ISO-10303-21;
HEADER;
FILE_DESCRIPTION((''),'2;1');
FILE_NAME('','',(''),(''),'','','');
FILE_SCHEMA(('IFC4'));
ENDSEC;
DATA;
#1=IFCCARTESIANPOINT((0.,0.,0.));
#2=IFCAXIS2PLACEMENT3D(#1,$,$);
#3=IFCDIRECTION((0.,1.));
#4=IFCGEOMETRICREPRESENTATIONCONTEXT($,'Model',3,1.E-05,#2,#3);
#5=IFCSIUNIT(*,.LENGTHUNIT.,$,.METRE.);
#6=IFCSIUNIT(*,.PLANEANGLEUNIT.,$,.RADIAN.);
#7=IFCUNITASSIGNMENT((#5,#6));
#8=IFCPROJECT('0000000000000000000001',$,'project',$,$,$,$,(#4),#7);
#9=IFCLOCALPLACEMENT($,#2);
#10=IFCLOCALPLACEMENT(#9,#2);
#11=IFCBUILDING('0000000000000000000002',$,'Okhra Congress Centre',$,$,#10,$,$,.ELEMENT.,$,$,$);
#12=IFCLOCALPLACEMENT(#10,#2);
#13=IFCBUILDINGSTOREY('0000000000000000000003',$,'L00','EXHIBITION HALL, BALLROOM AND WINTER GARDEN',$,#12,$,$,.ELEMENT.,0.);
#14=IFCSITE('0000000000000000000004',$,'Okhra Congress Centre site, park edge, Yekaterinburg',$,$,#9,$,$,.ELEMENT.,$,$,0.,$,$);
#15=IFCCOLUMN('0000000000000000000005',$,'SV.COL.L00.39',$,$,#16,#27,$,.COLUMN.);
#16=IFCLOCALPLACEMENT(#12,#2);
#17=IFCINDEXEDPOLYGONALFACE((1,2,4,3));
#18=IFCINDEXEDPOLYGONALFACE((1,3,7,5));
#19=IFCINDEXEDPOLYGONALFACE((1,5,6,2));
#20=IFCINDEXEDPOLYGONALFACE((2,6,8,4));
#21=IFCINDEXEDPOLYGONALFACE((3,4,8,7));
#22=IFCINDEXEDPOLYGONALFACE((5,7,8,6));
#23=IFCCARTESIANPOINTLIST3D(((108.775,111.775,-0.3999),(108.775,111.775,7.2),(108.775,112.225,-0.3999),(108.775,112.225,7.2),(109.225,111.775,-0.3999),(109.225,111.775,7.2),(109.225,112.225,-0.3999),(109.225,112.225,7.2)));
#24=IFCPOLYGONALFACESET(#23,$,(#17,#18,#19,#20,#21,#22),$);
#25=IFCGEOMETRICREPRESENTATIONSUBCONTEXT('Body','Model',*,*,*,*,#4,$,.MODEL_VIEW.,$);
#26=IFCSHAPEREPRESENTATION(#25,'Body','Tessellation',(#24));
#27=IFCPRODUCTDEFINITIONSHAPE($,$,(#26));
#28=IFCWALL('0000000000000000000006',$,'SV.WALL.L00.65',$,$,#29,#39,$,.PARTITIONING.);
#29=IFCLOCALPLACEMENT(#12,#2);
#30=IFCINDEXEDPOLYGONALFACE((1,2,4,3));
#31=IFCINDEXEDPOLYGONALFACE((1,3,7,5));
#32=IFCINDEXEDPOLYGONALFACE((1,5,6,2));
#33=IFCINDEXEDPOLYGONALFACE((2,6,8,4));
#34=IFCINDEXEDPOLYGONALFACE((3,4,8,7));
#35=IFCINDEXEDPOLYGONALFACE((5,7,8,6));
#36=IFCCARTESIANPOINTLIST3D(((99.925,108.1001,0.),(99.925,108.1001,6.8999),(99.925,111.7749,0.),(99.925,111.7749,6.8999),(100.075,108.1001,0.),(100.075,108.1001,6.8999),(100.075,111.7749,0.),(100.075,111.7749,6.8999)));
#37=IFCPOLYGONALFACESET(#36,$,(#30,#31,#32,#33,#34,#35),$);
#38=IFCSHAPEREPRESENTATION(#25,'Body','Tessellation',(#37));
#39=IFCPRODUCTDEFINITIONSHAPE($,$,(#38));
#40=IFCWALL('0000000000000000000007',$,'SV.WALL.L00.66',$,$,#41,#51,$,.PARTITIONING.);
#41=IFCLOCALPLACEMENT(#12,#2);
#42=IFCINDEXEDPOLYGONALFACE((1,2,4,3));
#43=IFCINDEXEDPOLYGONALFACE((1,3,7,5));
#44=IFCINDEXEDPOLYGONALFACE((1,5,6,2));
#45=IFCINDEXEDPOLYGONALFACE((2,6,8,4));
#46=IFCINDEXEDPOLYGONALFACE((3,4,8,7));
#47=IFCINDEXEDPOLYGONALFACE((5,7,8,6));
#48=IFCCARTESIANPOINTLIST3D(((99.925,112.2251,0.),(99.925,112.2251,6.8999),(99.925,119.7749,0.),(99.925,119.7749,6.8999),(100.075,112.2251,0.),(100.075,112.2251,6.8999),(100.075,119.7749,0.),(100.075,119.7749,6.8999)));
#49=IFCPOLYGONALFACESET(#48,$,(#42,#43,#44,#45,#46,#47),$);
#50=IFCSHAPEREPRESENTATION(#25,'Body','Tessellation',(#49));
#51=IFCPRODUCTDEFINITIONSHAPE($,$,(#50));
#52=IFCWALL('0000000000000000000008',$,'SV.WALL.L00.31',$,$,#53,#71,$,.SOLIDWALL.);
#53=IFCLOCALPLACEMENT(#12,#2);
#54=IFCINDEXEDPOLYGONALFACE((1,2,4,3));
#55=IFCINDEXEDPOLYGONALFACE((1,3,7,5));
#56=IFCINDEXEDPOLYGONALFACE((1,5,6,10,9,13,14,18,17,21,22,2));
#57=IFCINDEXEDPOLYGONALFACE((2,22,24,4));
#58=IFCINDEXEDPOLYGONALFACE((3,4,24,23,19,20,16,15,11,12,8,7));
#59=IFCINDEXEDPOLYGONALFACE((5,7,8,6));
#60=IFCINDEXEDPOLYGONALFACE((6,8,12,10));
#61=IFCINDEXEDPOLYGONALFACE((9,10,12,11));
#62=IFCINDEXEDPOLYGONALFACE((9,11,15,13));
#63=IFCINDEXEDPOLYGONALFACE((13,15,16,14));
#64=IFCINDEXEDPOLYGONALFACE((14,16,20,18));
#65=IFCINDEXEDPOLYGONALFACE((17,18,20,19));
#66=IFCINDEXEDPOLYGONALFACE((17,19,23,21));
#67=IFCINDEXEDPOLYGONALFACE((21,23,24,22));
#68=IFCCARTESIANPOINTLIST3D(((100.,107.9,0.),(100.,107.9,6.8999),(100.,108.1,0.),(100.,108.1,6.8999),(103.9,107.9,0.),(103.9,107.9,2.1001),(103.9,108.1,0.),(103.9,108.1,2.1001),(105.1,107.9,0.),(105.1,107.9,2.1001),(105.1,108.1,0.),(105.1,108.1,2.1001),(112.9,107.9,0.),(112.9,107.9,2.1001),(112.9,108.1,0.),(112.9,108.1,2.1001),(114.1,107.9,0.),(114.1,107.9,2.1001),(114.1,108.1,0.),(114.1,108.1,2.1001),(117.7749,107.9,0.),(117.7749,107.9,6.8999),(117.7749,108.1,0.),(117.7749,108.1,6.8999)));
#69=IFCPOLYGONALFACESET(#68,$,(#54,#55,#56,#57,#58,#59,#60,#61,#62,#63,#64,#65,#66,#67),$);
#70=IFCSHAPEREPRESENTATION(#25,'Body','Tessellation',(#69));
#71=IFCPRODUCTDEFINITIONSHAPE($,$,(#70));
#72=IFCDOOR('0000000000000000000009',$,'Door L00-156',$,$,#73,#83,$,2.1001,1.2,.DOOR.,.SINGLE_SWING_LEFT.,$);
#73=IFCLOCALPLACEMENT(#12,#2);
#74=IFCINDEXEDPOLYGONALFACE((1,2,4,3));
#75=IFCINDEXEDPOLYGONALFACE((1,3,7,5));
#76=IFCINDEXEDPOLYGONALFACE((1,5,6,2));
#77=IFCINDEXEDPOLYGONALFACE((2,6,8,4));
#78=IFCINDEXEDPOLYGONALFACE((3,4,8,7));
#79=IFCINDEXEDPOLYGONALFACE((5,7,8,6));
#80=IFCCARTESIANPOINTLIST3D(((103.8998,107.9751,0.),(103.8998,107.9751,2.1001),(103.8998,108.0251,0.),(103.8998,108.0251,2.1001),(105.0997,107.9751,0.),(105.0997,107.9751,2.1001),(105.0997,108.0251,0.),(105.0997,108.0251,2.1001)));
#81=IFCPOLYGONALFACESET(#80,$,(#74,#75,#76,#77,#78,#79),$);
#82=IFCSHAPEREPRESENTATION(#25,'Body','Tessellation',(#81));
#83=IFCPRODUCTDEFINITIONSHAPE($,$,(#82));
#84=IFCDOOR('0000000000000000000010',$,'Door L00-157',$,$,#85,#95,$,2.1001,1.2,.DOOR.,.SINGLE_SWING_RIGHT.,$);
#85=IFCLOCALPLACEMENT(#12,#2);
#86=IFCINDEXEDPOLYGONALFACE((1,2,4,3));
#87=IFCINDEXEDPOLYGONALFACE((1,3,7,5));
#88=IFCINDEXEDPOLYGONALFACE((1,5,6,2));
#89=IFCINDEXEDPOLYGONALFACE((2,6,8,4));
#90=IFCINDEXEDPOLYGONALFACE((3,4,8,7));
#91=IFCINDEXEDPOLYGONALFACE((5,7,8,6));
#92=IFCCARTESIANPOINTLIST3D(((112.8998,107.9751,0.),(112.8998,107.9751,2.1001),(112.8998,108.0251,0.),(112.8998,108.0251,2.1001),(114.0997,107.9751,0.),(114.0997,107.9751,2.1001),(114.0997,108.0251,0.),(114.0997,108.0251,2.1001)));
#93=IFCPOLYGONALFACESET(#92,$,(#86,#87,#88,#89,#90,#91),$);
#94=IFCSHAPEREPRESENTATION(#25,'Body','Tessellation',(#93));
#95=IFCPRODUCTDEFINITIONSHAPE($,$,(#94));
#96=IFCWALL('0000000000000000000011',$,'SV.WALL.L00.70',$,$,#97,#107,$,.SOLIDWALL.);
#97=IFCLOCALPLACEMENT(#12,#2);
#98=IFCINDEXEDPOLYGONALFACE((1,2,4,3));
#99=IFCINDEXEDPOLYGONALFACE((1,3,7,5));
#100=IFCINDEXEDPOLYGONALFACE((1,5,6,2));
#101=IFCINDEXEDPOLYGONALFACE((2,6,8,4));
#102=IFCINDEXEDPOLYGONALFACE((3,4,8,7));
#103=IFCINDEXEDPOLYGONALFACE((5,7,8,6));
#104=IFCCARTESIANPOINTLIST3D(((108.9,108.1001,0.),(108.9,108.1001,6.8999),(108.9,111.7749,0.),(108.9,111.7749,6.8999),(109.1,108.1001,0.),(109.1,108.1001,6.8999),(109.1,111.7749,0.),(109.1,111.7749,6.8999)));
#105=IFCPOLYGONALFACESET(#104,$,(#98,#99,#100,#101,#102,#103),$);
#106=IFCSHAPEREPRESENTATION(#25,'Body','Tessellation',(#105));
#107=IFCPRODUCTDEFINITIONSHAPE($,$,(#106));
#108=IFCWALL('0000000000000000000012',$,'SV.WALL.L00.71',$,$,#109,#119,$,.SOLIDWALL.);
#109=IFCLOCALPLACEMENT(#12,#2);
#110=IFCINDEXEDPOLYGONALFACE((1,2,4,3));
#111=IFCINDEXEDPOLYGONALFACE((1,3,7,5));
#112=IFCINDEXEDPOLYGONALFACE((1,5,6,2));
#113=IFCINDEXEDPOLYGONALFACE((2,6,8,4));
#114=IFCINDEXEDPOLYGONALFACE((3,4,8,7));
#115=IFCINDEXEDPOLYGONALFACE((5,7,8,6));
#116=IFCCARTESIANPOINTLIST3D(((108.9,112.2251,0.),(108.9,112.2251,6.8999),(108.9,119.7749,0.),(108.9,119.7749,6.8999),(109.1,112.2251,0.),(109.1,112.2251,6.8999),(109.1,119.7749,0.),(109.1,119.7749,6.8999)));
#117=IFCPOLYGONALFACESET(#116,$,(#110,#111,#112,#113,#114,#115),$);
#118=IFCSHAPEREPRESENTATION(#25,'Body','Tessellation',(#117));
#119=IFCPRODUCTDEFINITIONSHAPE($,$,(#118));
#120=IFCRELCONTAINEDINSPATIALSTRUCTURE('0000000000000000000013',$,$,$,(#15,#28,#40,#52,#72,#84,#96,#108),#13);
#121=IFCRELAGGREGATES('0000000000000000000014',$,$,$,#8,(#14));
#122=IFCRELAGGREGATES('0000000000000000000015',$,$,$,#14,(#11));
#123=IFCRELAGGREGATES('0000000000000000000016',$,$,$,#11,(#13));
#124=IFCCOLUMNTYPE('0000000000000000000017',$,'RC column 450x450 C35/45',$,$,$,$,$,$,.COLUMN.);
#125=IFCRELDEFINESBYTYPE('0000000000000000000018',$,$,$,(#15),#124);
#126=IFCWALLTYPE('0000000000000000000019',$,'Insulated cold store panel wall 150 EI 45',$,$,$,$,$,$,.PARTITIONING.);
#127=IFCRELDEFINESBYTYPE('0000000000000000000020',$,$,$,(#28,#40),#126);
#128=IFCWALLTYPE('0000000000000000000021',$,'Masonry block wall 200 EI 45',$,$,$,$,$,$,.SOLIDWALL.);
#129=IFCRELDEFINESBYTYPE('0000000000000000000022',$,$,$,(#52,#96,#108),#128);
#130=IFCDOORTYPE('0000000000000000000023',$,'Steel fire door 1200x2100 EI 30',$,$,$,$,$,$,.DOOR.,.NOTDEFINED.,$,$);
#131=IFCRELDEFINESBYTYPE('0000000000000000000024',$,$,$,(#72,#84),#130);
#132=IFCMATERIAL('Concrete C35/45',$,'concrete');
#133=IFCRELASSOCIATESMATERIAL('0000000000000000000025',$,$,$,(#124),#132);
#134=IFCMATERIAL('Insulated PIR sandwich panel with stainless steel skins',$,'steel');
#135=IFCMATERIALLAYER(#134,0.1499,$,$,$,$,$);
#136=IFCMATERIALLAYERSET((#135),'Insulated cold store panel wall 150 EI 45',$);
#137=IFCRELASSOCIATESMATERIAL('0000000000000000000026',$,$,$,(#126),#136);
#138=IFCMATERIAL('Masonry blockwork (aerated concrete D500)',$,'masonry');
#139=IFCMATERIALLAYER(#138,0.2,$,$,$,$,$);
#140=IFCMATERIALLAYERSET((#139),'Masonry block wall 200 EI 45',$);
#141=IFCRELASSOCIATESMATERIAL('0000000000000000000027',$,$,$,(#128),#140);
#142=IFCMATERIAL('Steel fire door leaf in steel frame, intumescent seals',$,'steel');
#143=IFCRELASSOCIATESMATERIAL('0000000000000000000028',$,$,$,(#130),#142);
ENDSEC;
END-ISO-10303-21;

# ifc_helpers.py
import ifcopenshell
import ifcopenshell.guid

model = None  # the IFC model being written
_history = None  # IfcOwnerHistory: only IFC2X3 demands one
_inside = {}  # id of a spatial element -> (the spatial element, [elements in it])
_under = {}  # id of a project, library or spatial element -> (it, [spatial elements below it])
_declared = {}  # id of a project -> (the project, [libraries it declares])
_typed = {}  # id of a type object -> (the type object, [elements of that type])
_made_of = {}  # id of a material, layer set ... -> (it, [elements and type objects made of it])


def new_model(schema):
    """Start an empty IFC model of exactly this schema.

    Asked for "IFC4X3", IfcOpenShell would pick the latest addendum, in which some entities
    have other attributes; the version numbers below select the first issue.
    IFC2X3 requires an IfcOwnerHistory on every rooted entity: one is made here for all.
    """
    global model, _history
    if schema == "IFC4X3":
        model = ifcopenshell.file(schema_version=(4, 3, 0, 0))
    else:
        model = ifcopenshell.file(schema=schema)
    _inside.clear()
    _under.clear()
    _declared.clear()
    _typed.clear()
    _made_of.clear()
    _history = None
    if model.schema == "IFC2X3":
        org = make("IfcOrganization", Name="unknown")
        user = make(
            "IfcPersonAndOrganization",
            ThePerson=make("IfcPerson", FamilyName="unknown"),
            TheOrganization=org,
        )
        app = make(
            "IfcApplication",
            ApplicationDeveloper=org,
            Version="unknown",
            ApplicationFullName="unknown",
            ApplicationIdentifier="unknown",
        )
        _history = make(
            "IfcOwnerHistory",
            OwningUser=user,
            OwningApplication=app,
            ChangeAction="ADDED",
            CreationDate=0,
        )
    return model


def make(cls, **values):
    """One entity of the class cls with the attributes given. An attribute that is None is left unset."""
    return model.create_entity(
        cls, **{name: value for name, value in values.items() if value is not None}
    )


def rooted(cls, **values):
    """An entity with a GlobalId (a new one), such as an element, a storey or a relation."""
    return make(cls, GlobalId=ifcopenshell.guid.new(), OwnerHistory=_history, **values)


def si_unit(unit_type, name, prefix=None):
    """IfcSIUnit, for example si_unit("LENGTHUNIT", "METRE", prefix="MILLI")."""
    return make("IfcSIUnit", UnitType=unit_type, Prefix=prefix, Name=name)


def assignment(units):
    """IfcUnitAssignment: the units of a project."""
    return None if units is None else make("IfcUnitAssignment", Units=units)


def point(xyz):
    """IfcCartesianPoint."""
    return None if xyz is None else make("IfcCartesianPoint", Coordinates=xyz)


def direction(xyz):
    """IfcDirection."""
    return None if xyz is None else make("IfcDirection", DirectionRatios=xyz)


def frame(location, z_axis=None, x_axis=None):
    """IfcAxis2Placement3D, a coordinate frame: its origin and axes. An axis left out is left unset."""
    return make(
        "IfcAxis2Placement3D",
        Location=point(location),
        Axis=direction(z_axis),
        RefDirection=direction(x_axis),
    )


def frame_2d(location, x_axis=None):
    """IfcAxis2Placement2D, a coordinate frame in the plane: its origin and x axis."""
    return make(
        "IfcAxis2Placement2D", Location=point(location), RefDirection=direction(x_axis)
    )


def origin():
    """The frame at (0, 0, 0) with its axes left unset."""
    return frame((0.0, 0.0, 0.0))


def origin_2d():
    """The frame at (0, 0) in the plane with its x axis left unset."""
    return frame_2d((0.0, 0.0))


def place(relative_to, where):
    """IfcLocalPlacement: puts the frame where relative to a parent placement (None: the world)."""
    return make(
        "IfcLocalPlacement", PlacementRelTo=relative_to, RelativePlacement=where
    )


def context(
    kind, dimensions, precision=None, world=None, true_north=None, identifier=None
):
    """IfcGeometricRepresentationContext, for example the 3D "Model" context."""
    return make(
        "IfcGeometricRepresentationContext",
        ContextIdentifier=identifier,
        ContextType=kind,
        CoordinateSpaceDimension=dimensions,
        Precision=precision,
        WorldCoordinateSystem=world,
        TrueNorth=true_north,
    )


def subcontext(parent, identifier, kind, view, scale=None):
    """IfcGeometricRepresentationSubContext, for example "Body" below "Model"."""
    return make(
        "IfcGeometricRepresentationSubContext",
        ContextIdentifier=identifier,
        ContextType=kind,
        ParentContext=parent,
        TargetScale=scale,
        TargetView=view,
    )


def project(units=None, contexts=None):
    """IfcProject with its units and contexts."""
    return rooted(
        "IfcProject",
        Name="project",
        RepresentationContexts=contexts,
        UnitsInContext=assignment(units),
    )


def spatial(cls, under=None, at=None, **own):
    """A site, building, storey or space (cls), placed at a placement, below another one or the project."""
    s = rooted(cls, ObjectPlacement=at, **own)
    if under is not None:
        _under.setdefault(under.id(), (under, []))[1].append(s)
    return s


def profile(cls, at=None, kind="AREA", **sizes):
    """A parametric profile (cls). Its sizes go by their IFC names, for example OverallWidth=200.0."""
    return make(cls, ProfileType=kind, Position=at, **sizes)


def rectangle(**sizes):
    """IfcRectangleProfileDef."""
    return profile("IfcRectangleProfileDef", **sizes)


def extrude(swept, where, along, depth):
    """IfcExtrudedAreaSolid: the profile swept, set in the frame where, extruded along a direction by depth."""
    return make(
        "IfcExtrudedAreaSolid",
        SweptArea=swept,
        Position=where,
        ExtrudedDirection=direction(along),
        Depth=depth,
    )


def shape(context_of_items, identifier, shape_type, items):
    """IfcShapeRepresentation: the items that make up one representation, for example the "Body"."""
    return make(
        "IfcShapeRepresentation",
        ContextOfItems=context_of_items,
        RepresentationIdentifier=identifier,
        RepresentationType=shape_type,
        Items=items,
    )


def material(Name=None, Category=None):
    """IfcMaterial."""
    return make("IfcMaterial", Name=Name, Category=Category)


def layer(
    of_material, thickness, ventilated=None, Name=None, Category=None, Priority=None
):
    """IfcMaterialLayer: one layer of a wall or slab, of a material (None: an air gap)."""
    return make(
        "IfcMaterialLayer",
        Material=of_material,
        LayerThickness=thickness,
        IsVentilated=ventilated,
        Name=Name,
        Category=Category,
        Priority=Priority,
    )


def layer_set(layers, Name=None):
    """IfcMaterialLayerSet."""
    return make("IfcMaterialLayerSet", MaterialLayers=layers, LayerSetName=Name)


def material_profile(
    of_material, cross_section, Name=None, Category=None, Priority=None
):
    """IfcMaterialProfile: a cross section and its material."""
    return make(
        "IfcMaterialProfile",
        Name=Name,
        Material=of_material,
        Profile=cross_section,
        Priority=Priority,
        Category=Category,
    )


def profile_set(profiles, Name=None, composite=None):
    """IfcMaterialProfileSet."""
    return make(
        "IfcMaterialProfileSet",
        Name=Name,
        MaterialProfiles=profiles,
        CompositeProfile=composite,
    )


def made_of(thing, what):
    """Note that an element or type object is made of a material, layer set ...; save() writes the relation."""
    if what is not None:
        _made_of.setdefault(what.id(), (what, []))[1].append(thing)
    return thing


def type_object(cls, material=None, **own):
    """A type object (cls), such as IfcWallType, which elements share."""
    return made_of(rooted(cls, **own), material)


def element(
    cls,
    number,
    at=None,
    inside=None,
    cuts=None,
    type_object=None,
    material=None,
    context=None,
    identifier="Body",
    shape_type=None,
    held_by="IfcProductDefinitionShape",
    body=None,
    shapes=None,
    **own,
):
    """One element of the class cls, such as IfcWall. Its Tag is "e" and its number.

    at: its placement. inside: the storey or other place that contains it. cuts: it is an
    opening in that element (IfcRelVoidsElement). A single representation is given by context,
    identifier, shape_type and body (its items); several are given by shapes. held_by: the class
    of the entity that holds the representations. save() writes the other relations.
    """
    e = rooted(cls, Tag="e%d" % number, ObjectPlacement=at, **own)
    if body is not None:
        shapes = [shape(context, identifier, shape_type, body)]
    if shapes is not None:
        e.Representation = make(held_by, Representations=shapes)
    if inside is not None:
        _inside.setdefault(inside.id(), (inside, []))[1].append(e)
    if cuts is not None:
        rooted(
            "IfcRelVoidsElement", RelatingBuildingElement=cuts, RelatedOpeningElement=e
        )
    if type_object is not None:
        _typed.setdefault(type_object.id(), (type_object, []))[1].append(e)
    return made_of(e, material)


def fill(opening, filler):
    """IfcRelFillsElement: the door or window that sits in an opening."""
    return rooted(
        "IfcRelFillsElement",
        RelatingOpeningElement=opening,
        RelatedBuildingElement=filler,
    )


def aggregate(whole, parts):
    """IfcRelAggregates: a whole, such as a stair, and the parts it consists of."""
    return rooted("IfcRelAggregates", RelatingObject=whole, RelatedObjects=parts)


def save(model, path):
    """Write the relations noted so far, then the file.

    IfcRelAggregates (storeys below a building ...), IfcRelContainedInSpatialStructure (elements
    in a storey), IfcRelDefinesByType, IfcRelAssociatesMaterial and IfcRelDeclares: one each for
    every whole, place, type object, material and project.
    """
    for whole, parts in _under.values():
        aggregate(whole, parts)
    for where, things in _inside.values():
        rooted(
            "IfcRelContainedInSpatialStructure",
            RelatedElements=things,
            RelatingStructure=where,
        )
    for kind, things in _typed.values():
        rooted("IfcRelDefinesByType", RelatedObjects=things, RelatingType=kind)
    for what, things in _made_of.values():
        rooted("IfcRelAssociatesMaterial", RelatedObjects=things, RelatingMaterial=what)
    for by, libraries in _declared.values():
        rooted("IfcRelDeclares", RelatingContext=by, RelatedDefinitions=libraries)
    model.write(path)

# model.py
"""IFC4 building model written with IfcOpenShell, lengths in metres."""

from ifc_helpers import new_model, si_unit, direction, frame, frame_2d, origin, origin_2d, place, context, subcontext, project, spatial, rectangle, extrude, material, layer, layer_set, material_profile, profile_set, type_object, element, fill, save


model = new_model("IFC4")

# Units and contexts
model_context = context("Model", 3, precision=1e-05, world=origin(), true_north=direction((0.0, 1.0)))
body_context = subcontext(model_context, "Body", "Model", "MODEL_VIEW")
ifc_project = project(units=[si_unit("LENGTHUNIT", "METRE"), si_unit("PLANEANGLEUNIT", "RADIAN")], contexts=[model_context])

# Site, building, storey
site_placement = place(None, origin())
site = spatial("IfcSite", under=ifc_project, at=site_placement, Name="Okhra Congress Centre site, park edge, Yekaterinburg", CompositionType="ELEMENT", RefElevation=0.0)
building_placement = place(site_placement, origin())
building = spatial("IfcBuilding", under=site, at=building_placement, Name="Okhra Congress Centre", CompositionType="ELEMENT")
storey_placement = place(building_placement, origin())
storey = spatial("IfcBuildingStorey", under=building, at=storey_placement, Name="L00", Description="EXHIBITION HALL, BALLROOM AND WINTER GARDEN", CompositionType="ELEMENT", Elevation=0.0)

# Column
ifc_material_1 = material(Name="Concrete C35/45", Category="concrete")
ifc_material_profile_1 = material_profile(ifc_material_1, rectangle(XDim=0.45, YDim=0.45, at=origin_2d()), Name="RC 450x450")
ifc_profile_set_1 = profile_set([ifc_material_profile_1], Name="Concrete C35/45")
column_type = type_object("IfcColumnType", Name="RC column 450x450 C35/45", PredefinedType="COLUMN", material=ifc_profile_set_1)
for number, where, z_axis, x_axis, name in (
    (1, (109.0, 112.0, -0.3999), (0.0, 0.0, 1.0), (1.0, 0.0, 0.0), "SV.COL.L00.39"),
):
    element("IfcColumn", number, at=place(storey_placement, frame(where, z_axis=z_axis, x_axis=x_axis)), inside=storey, type_object=column_type, Name=name, PredefinedType="COLUMN", context=body_context, shape_type="SweptSolid", body=[
        extrude(rectangle(XDim=0.45, YDim=0.45, at=origin_2d()), origin(), (0.0, 0.0, 1.0), 7.5999),
    ])

# Walls
ifc_material_2 = material(Name="Insulated PIR sandwich panel with stainless steel skins", Category="steel")
ifc_layer_1 = layer(ifc_material_2, 0.1499)
ifc_layer_set_1 = layer_set([ifc_layer_1], Name="Insulated cold store panel wall 150 EI 45")
wall_type_1 = type_object("IfcWallType", Name="Insulated cold store panel wall 150 EI 45", PredefinedType="PARTITIONING", material=ifc_layer_set_1)
wall_1_placement = place(storey_placement, frame((100.0, 108.1001, 0.0), z_axis=(0.0, 0.0, 1.0), x_axis=(0.0, 1.0, 0.0)))
element("IfcWall", 2, at=wall_1_placement, inside=storey, type_object=wall_type_1, Name="SV.WALL.L00.65", PredefinedType="PARTITIONING", context=body_context, shape_type="SweptSolid", body=[
    extrude(rectangle(XDim=3.6748, YDim=0.1499, at=frame_2d((1.8374, 0.0))), origin(), (0.0, 0.0, 1.0), 6.8999),
])
wall_2_placement = place(storey_placement, frame((100.0, 112.2251, 0.0), z_axis=(0.0, 0.0, 1.0), x_axis=(0.0, 1.0, 0.0)))
element("IfcWall", 3, at=wall_2_placement, inside=storey, type_object=wall_type_1, Name="SV.WALL.L00.66", PredefinedType="PARTITIONING", context=body_context, shape_type="SweptSolid", body=[
    extrude(rectangle(XDim=7.5498, YDim=0.1499, at=frame_2d((3.7749, 0.0))), origin(), (0.0, 0.0, 1.0), 6.8999),
])

# Wall, openings, doors
ifc_material_3 = material(Name="Masonry blockwork (aerated concrete D500)", Category="masonry")
ifc_layer_2 = layer(ifc_material_3, 0.2)
ifc_layer_set_2 = layer_set([ifc_layer_2], Name="Masonry block wall 200 EI 45")
wall_type_2 = type_object("IfcWallType", Name="Masonry block wall 200 EI 45", PredefinedType="SOLIDWALL", material=ifc_layer_set_2)
wall_3_placement = place(storey_placement, frame((100.0, 108.0, 0.0), z_axis=(0.0, 0.0, 1.0), x_axis=(1.0, 0.0, 0.0)))
wall_3 = element("IfcWall", 4, at=wall_3_placement, inside=storey, type_object=wall_type_2, Name="SV.WALL.L00.31", PredefinedType="SOLIDWALL", context=body_context, shape_type="SweptSolid", body=[
    extrude(rectangle(XDim=17.7749, YDim=0.2, at=frame_2d((8.8875, 0.0))), origin(), (0.0, 0.0, 1.0), 6.8999),
])
opening_1_placement = place(wall_3_placement, frame((3.8999, 0.0, 0.0)))
opening_1 = element("IfcOpeningElement", 5, at=opening_1_placement, cuts=wall_3, PredefinedType="OPENING", context=body_context, shape_type="SweptSolid", body=[
    extrude(rectangle(XDim=1.2, YDim=2.1001, at=frame_2d((0.6001, 1.05))), frame((0.0, 0.1099, 0.0), z_axis=(0.0, -1.0, 0.0), x_axis=(1.0, 0.0, 0.0)), (0.0, 0.0, 1.0), 0.22),
])
opening_2_placement = place(wall_3_placement, frame((12.8999, 0.0, 0.0)))
opening_2 = element("IfcOpeningElement", 6, at=opening_2_placement, cuts=wall_3, PredefinedType="OPENING", context=body_context, shape_type="SweptSolid", body=[
    extrude(rectangle(XDim=1.2, YDim=2.1001, at=frame_2d((0.6001, 1.05))), frame((0.0, 0.1099, 0.0), z_axis=(0.0, -1.0, 0.0), x_axis=(1.0, 0.0, 0.0)), (0.0, 0.0, 1.0), 0.22),
])
ifc_material_4 = material(Name="Steel fire door leaf in steel frame, intumescent seals", Category="steel")
door_type = type_object("IfcDoorType", Name="Steel fire door 1200x2100 EI 30", OperationType="NOTDEFINED", PredefinedType="DOOR", material=ifc_material_4)
door_1_placement = place(opening_1_placement, frame((1.2, 0.0, 0.0), z_axis=(0.0, 0.0, 1.0), x_axis=(-1.0, 0.0, 0.0)))
door_1 = element("IfcDoor", 7, at=door_1_placement, inside=storey, type_object=door_type, Name="Door L00-156", OperationType="SINGLE_SWING_LEFT", OverallHeight=2.1001, OverallWidth=1.2, PredefinedType="DOOR", context=body_context, shape_type="SweptSolid", body=[
    extrude(rectangle(XDim=1.2, YDim=2.1001, at=frame_2d((0.6001, 1.05))), frame((0.0, 0.0249, 0.0), z_axis=(0.0, -1.0, 0.0), x_axis=(1.0, 0.0, 0.0)), (0.0, 0.0, 1.0), 0.05),
])
fill(opening_1, door_1)
door_2_placement = place(opening_2_placement, frame((1.2, 0.0, 0.0), z_axis=(0.0, 0.0, 1.0), x_axis=(-1.0, 0.0, 0.0)))
door_2 = element("IfcDoor", 8, at=door_2_placement, inside=storey, type_object=door_type, Name="Door L00-157", OperationType="SINGLE_SWING_RIGHT", OverallHeight=2.1001, OverallWidth=1.2, PredefinedType="DOOR", context=body_context, shape_type="SweptSolid", body=[
    extrude(rectangle(XDim=1.2, YDim=2.1001, at=frame_2d((0.6001, 1.05))), frame((0.0, 0.0249, 0.0), z_axis=(0.0, -1.0, 0.0), x_axis=(1.0, 0.0, 0.0)), (0.0, 0.0, 1.0), 0.05),
])
fill(opening_2, door_2)

# Walls
wall_4_placement = place(storey_placement, frame((109.0, 108.1001, 0.0), z_axis=(0.0, 0.0, 1.0), x_axis=(0.0, 1.0, 0.0)))
element("IfcWall", 9, at=wall_4_placement, inside=storey, type_object=wall_type_2, Name="SV.WALL.L00.70", PredefinedType="SOLIDWALL", context=body_context, shape_type="SweptSolid", body=[
    extrude(rectangle(XDim=3.6748, YDim=0.2, at=frame_2d((1.8374, 0.0))), origin(), (0.0, 0.0, 1.0), 6.8999),
])
wall_5_placement = place(storey_placement, frame((109.0, 112.2251, 0.0), z_axis=(0.0, 0.0, 1.0), x_axis=(0.0, 1.0, 0.0)))
element("IfcWall", 10, at=wall_5_placement, inside=storey, type_object=wall_type_2, Name="SV.WALL.L00.71", PredefinedType="SOLIDWALL", context=body_context, shape_type="SweptSolid", body=[
    extrude(rectangle(XDim=7.5498, YDim=0.2, at=frame_2d((3.7749, 0.0))), origin(), (0.0, 0.0, 1.0), 6.8999),
])

save(model, "model.ifc")
